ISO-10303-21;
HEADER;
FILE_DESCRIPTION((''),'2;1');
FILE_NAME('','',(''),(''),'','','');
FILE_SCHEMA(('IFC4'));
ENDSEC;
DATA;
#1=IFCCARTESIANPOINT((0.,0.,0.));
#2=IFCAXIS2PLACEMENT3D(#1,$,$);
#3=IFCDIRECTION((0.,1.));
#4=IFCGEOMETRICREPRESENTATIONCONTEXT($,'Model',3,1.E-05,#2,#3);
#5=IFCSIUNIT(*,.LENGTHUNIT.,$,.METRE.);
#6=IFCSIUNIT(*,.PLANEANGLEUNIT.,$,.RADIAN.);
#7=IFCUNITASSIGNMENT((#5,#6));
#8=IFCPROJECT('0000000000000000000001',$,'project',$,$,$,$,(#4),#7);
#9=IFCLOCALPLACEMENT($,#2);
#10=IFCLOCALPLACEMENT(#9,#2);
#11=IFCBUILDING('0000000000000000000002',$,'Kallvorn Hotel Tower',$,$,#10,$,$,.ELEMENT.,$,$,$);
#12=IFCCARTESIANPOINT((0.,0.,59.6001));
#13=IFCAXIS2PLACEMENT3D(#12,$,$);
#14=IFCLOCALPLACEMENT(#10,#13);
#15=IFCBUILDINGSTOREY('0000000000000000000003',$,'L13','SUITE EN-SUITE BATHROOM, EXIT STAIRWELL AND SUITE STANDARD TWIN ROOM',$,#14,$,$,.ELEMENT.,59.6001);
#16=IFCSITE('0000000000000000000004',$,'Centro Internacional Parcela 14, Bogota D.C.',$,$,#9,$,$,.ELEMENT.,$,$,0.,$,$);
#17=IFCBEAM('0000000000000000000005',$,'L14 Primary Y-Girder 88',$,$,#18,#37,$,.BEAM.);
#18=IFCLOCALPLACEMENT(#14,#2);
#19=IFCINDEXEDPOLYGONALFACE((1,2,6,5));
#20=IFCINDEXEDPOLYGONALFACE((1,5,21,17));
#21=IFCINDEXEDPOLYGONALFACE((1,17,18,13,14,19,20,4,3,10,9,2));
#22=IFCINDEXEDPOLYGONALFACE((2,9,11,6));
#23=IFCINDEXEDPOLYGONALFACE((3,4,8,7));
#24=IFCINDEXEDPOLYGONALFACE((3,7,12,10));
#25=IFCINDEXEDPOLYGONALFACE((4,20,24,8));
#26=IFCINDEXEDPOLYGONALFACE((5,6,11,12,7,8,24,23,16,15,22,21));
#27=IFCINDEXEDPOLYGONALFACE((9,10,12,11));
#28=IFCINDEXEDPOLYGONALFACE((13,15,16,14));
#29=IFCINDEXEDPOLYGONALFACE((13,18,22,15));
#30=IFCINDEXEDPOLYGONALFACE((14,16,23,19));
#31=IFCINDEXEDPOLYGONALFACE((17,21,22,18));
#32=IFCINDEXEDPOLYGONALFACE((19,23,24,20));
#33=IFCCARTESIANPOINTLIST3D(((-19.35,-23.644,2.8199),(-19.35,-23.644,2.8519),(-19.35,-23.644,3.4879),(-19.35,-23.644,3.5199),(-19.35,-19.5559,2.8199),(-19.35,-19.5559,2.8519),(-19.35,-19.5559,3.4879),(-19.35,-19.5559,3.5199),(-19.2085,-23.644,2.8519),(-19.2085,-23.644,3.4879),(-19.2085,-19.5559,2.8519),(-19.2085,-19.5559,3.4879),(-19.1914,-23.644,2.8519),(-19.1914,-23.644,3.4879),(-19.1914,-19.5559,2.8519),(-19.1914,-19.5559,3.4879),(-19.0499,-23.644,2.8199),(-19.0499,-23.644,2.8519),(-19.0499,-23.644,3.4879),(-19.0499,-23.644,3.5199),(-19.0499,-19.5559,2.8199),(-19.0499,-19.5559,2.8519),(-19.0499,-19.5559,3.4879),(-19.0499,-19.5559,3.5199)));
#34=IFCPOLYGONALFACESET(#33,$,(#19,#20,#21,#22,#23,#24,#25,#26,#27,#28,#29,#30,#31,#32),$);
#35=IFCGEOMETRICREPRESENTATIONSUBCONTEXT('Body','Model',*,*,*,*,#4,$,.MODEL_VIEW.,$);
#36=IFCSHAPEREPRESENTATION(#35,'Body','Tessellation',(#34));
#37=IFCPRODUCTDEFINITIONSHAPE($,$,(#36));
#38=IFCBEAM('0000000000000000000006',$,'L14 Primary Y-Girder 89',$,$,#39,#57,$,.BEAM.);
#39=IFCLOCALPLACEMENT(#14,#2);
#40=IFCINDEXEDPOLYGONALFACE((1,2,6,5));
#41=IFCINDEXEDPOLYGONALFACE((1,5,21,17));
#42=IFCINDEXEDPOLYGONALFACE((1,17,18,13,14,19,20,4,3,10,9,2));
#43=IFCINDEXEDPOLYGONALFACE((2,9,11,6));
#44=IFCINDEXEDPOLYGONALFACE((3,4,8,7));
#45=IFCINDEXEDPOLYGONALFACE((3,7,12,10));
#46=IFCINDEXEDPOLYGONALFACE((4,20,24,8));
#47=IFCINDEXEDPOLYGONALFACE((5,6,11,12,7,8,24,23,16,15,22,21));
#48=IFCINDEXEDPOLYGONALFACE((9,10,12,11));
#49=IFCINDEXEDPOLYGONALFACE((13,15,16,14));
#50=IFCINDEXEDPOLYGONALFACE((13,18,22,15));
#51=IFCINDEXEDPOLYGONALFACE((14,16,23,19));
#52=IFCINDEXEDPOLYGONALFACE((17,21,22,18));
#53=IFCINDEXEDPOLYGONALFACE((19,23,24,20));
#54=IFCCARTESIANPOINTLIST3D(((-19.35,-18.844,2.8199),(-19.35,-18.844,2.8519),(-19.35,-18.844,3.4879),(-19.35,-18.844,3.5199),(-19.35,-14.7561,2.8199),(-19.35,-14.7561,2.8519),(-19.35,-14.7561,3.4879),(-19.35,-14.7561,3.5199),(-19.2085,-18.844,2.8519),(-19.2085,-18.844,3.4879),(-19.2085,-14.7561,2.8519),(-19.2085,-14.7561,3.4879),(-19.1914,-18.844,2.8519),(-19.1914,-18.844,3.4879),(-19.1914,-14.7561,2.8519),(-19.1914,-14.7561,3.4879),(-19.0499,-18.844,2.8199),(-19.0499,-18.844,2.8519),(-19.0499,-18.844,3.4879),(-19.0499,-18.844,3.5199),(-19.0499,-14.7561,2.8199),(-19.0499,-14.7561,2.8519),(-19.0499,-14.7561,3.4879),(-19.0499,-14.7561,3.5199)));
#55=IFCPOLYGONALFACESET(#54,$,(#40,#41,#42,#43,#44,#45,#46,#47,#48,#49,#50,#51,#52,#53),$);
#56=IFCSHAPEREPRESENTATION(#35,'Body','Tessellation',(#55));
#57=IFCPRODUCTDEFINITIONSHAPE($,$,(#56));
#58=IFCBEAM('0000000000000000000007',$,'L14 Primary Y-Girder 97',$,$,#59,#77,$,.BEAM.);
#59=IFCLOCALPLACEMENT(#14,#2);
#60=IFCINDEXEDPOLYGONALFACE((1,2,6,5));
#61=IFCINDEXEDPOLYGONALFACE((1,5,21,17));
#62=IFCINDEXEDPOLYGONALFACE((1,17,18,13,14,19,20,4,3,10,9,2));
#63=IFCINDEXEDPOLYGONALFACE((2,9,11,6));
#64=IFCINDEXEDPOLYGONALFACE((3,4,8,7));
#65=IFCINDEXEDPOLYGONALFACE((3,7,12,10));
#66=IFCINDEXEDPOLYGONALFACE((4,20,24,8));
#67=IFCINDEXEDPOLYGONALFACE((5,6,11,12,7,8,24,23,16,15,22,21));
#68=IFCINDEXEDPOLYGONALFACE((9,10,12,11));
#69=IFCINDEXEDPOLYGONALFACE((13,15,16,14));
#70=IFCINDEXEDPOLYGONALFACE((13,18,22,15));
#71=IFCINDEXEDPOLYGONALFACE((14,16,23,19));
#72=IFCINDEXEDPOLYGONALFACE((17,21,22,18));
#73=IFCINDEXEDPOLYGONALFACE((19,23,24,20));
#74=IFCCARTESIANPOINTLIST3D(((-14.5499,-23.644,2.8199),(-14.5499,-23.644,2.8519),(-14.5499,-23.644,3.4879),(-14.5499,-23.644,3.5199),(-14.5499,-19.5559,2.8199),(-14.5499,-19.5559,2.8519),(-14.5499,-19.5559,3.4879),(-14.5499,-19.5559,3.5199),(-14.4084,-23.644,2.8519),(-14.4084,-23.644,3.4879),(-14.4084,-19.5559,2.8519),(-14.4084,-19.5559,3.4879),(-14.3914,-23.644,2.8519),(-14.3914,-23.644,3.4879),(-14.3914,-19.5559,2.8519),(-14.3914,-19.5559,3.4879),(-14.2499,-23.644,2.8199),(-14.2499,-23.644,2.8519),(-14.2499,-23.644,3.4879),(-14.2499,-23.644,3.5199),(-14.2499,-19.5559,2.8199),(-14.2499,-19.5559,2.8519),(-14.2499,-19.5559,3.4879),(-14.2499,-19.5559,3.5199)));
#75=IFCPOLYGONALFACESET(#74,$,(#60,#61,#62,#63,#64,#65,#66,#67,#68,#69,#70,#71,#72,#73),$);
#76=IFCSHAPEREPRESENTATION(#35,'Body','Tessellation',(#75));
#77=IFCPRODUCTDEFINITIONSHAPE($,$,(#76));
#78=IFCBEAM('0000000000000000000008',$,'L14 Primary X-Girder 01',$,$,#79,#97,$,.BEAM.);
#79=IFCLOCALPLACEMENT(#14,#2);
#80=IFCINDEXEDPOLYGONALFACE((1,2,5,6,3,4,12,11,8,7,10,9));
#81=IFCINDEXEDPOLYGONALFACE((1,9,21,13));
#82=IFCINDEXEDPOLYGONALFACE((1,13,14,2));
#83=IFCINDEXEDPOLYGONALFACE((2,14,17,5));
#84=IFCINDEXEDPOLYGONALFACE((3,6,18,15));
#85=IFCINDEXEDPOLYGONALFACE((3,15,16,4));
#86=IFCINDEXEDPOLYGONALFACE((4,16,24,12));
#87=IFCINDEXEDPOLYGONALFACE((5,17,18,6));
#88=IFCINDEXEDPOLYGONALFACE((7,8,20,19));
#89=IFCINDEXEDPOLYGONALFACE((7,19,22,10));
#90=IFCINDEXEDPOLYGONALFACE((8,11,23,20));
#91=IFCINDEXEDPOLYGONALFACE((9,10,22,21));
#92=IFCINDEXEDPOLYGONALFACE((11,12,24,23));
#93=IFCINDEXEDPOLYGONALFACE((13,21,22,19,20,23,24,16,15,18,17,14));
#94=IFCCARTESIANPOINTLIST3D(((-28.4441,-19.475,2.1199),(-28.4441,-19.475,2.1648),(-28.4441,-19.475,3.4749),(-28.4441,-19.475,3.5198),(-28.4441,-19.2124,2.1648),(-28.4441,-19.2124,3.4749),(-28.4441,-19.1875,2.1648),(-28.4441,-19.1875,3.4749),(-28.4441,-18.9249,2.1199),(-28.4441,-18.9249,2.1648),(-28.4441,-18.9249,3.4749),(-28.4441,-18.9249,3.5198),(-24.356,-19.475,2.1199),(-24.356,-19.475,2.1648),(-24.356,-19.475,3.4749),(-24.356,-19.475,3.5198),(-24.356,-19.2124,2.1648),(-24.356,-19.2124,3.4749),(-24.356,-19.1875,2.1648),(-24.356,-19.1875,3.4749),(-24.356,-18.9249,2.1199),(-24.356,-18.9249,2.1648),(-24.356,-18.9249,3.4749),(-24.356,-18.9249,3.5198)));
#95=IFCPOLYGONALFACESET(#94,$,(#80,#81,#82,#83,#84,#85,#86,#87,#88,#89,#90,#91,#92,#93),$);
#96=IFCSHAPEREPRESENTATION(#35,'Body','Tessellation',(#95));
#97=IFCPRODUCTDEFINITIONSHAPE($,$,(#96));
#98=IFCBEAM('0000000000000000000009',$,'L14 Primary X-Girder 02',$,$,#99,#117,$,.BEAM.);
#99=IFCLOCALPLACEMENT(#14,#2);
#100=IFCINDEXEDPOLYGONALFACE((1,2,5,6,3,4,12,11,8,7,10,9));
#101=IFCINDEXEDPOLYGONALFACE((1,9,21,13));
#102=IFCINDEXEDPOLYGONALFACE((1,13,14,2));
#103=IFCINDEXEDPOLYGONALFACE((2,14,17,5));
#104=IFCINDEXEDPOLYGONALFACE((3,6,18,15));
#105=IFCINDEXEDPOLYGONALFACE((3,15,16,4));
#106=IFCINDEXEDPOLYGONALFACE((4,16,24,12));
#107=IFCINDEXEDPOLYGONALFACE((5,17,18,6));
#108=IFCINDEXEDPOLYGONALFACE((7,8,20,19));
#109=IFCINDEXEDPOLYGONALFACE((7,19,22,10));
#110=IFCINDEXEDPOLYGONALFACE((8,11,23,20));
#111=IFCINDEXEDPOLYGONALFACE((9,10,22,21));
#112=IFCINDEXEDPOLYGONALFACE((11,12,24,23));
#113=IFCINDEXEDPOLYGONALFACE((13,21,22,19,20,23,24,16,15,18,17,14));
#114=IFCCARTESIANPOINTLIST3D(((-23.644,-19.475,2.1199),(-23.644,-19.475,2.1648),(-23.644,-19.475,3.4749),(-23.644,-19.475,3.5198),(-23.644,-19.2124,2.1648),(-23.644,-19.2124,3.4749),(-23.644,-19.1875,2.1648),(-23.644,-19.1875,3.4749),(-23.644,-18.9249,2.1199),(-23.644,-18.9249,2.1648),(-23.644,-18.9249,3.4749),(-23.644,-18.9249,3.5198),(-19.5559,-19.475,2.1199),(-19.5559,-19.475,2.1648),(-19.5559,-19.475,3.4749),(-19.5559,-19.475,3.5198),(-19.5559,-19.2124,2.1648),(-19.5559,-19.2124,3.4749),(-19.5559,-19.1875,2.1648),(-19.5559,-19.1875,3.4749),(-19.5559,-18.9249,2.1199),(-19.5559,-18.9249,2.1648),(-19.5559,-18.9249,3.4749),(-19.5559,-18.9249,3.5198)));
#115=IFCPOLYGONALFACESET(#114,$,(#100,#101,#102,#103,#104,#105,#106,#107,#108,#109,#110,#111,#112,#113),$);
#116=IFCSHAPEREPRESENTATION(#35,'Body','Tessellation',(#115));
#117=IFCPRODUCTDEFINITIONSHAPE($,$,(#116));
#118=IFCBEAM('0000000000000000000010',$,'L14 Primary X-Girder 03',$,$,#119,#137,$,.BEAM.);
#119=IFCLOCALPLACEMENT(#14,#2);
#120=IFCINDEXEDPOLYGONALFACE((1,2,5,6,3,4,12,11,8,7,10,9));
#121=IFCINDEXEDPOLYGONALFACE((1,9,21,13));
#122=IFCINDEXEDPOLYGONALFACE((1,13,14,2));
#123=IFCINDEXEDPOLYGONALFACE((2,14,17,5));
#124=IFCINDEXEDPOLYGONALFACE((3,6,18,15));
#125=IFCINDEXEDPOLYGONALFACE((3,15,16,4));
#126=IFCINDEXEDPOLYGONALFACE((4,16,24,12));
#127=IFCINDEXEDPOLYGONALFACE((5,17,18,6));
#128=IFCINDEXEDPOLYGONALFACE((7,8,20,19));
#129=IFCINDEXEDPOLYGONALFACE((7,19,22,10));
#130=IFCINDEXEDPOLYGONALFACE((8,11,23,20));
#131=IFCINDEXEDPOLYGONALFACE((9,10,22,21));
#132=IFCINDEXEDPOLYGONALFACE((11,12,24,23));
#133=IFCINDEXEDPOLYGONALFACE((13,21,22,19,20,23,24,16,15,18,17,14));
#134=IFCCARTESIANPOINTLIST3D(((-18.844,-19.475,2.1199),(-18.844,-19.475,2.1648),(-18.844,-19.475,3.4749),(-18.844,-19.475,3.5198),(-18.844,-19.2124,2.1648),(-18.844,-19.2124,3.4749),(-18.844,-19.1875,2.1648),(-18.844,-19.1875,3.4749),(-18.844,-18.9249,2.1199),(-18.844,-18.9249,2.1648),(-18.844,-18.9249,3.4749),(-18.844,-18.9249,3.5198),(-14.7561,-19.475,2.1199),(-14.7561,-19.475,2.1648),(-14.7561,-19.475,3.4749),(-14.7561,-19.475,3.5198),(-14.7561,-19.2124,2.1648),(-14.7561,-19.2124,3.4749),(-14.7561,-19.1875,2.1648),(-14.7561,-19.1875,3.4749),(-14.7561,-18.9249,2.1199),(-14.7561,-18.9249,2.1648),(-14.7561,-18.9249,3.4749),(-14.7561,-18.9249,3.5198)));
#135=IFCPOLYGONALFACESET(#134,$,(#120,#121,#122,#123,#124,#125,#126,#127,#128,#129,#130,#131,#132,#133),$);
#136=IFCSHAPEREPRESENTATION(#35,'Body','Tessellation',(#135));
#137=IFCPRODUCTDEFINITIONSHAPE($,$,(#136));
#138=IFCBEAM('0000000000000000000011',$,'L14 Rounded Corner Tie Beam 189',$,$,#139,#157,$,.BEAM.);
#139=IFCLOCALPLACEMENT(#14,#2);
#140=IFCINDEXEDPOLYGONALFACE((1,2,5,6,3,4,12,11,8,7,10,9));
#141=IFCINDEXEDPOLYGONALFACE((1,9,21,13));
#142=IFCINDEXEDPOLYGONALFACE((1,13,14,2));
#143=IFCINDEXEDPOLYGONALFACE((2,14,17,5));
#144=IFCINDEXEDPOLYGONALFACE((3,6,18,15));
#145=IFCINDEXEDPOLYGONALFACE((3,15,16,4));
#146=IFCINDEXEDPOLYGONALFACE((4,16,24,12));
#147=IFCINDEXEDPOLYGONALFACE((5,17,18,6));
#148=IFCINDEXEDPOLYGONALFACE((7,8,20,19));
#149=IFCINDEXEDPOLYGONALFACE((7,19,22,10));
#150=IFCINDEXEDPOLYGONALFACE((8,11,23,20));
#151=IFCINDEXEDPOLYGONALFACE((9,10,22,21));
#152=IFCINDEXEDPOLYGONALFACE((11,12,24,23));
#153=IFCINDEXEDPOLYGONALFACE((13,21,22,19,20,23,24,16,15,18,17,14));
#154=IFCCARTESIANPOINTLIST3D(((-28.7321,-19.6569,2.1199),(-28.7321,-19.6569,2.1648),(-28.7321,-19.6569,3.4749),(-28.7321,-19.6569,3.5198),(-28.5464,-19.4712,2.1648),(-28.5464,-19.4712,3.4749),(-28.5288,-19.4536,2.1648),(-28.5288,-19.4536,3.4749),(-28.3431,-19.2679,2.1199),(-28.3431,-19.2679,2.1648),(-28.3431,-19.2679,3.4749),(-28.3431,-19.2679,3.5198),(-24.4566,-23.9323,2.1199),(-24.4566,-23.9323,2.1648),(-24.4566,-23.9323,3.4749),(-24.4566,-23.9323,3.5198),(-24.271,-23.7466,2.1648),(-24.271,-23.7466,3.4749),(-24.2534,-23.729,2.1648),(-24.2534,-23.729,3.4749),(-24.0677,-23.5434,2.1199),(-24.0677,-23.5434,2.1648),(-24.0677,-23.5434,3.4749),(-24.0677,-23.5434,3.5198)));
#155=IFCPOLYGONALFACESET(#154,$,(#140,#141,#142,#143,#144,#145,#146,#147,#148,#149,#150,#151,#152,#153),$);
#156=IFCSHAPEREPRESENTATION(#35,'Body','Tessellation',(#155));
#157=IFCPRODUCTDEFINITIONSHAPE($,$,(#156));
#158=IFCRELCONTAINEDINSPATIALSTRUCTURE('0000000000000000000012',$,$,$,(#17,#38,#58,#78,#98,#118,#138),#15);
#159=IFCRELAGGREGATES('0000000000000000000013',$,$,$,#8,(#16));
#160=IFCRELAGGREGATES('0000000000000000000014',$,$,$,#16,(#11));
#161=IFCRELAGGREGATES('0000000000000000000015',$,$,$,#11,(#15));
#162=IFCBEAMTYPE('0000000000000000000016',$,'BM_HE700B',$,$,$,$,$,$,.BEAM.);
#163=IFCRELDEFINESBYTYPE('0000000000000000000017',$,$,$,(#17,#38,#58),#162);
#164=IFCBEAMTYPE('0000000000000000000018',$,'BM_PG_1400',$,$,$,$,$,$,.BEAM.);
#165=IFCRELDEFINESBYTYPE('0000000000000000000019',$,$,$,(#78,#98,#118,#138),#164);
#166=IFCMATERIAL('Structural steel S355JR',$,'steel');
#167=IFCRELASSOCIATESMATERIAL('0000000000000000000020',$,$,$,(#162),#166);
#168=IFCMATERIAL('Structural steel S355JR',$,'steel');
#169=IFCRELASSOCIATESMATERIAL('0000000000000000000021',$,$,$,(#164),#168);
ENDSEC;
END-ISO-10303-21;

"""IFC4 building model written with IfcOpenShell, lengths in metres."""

from ifc_helpers import new_model, si_unit, direction, frame, origin, origin_2d, place, context, subcontext, project, spatial, i_section, extrude, material, material_profile, profile_set, type_object, element, save


model = new_model("IFC4")

# Units and contexts
model_context = context("Model", 3, precision=1e-05, world=origin(), true_north=direction((0.0, 1.0)))
body_context = subcontext(model_context, "Body", "Model", "MODEL_VIEW")
ifc_project = project(units=[si_unit("LENGTHUNIT", "METRE"), si_unit("PLANEANGLEUNIT", "RADIAN")], contexts=[model_context])

# Site, building, storey
site_placement = place(None, origin())
site = spatial("IfcSite", under=ifc_project, at=site_placement, Name="Centro Internacional Parcela 14, Bogota D.C.", CompositionType="ELEMENT", RefElevation=0.0)
building_placement = place(site_placement, origin())
building = spatial("IfcBuilding", under=site, at=building_placement, Name="Kallvorn Hotel Tower", CompositionType="ELEMENT")
storey_placement = place(building_placement, frame((0.0, 0.0, 59.6001)))
storey = spatial("IfcBuildingStorey", under=building, at=storey_placement, Name="L13", Description="SUITE EN-SUITE BATHROOM, EXIT STAIRWELL AND SUITE STANDARD TWIN ROOM", CompositionType="ELEMENT", Elevation=59.6001)

# Beams
ifc_material_1 = material(Name="Structural steel S355JR", Category="steel")
ifc_material_profile_1 = material_profile(ifc_material_1, i_section(OverallWidth=0.3, OverallDepth=0.7, WebThickness=0.0171, FlangeThickness=0.032, at=origin_2d()), Name="HE 700 B")
ifc_profile_set_1 = profile_set([ifc_material_profile_1], Name="Structural steel S355JR")
beam_type_1 = type_object("IfcBeamType", Name="BM_HE700B", PredefinedType="BEAM", material=ifc_profile_set_1)
beam_1_placement = place(storey_placement, frame((-19.2, -23.644, 3.1699), z_axis=(0.0, 1.0, 0.0), x_axis=(-1.0, 0.0, 0.0)))
element("IfcBeam", 1, at=beam_1_placement, inside=storey, type_object=beam_type_1, Name="L14 Primary Y-Girder 88", PredefinedType="BEAM", context=body_context, shape_type="SweptSolid", body=[
    extrude(i_section(OverallWidth=0.3, OverallDepth=0.7, WebThickness=0.0171, FlangeThickness=0.032, at=origin_2d()), origin(), (0.0, 0.0, 1.0), 4.0881),
])
beam_2_placement = place(storey_placement, frame((-19.2, -18.844, 3.1699), z_axis=(0.0, 1.0, 0.0), x_axis=(-1.0, 0.0, 0.0)))
element("IfcBeam", 2, at=beam_2_placement, inside=storey, type_object=beam_type_1, Name="L14 Primary Y-Girder 89", PredefinedType="BEAM", context=body_context, shape_type="SweptSolid", body=[
    extrude(i_section(OverallWidth=0.3, OverallDepth=0.7, WebThickness=0.0171, FlangeThickness=0.032, at=origin_2d()), origin(), (0.0, 0.0, 1.0), 4.0879),
])
beam_3_placement = place(storey_placement, frame((-14.3999, -23.644, 3.1699), z_axis=(0.0, 1.0, 0.0), x_axis=(-1.0, 0.0, 0.0)))
element("IfcBeam", 3, at=beam_3_placement, inside=storey, type_object=beam_type_1, Name="L14 Primary Y-Girder 97", PredefinedType="BEAM", context=body_context, shape_type="SweptSolid", body=[
    extrude(i_section(OverallWidth=0.3, OverallDepth=0.7, WebThickness=0.0171, FlangeThickness=0.032, at=origin_2d()), origin(), (0.0, 0.0, 1.0), 4.0881),
])
ifc_material_2 = material(Name="Structural steel S355JR", Category="steel")
ifc_material_profile_2 = material_profile(ifc_material_2, i_section(OverallWidth=0.55, OverallDepth=1.3999, WebThickness=0.0249, FlangeThickness=0.0449, at=origin_2d()), Name="PG 1400x550x25x45")
ifc_profile_set_2 = profile_set([ifc_material_profile_2], Name="Structural steel S355JR")
beam_type_2 = type_object("IfcBeamType", Name="BM_PG_1400", PredefinedType="BEAM", material=ifc_profile_set_2)
for number, where, z_axis, x_axis, name in (
    (4, (-28.4441, -19.2, 2.8198), (1.0, 0.0, 0.0), (0.0, 1.0, 0.0), "L14 Primary X-Girder 01"),
    (5, (-23.644, -19.2, 2.8198), (1.0, 0.0, 0.0), (0.0, 1.0, 0.0), "L14 Primary X-Girder 02"),
):
    element("IfcBeam", number, at=place(storey_placement, frame(where, z_axis=z_axis, x_axis=x_axis)), inside=storey, type_object=beam_type_2, Name=name, PredefinedType="BEAM", context=body_context, shape_type="SweptSolid", body=[
        extrude(i_section(OverallWidth=0.55, OverallDepth=1.3999, WebThickness=0.0249, FlangeThickness=0.0449, at=origin_2d()), origin(), (0.0, 0.0, 1.0), 4.0881),
    ])
beam_4_placement = place(storey_placement, frame((-18.844, -19.2, 2.8198), z_axis=(1.0, 0.0, 0.0), x_axis=(0.0, 1.0, 0.0)))
element("IfcBeam", 6, at=beam_4_placement, inside=storey, type_object=beam_type_2, Name="L14 Primary X-Girder 03", PredefinedType="BEAM", context=body_context, shape_type="SweptSolid", body=[
    extrude(i_section(OverallWidth=0.55, OverallDepth=1.3999, WebThickness=0.0249, FlangeThickness=0.0449, at=origin_2d()), origin(), (0.0, 0.0, 1.0), 4.0879),
])
beam_5_placement = place(storey_placement, frame((-28.5376, -19.4624, 2.8198), z_axis=(0.707107, -0.707107, 0.0), x_axis=(0.707107, 0.707107, 0.0)))
element("IfcBeam", 7, at=beam_5_placement, inside=storey, type_object=beam_type_2, Name="L14 Rounded Corner Tie Beam 189", PredefinedType="BEAM", context=body_context, shape_type="SweptSolid", body=[
    extrude(i_section(OverallWidth=0.55, OverallDepth=1.3999, WebThickness=0.0249, FlangeThickness=0.0449, at=origin_2d()), origin(), (0.0, 0.0, 1.0), 6.0464),
])

save(model, "model.ifc")
